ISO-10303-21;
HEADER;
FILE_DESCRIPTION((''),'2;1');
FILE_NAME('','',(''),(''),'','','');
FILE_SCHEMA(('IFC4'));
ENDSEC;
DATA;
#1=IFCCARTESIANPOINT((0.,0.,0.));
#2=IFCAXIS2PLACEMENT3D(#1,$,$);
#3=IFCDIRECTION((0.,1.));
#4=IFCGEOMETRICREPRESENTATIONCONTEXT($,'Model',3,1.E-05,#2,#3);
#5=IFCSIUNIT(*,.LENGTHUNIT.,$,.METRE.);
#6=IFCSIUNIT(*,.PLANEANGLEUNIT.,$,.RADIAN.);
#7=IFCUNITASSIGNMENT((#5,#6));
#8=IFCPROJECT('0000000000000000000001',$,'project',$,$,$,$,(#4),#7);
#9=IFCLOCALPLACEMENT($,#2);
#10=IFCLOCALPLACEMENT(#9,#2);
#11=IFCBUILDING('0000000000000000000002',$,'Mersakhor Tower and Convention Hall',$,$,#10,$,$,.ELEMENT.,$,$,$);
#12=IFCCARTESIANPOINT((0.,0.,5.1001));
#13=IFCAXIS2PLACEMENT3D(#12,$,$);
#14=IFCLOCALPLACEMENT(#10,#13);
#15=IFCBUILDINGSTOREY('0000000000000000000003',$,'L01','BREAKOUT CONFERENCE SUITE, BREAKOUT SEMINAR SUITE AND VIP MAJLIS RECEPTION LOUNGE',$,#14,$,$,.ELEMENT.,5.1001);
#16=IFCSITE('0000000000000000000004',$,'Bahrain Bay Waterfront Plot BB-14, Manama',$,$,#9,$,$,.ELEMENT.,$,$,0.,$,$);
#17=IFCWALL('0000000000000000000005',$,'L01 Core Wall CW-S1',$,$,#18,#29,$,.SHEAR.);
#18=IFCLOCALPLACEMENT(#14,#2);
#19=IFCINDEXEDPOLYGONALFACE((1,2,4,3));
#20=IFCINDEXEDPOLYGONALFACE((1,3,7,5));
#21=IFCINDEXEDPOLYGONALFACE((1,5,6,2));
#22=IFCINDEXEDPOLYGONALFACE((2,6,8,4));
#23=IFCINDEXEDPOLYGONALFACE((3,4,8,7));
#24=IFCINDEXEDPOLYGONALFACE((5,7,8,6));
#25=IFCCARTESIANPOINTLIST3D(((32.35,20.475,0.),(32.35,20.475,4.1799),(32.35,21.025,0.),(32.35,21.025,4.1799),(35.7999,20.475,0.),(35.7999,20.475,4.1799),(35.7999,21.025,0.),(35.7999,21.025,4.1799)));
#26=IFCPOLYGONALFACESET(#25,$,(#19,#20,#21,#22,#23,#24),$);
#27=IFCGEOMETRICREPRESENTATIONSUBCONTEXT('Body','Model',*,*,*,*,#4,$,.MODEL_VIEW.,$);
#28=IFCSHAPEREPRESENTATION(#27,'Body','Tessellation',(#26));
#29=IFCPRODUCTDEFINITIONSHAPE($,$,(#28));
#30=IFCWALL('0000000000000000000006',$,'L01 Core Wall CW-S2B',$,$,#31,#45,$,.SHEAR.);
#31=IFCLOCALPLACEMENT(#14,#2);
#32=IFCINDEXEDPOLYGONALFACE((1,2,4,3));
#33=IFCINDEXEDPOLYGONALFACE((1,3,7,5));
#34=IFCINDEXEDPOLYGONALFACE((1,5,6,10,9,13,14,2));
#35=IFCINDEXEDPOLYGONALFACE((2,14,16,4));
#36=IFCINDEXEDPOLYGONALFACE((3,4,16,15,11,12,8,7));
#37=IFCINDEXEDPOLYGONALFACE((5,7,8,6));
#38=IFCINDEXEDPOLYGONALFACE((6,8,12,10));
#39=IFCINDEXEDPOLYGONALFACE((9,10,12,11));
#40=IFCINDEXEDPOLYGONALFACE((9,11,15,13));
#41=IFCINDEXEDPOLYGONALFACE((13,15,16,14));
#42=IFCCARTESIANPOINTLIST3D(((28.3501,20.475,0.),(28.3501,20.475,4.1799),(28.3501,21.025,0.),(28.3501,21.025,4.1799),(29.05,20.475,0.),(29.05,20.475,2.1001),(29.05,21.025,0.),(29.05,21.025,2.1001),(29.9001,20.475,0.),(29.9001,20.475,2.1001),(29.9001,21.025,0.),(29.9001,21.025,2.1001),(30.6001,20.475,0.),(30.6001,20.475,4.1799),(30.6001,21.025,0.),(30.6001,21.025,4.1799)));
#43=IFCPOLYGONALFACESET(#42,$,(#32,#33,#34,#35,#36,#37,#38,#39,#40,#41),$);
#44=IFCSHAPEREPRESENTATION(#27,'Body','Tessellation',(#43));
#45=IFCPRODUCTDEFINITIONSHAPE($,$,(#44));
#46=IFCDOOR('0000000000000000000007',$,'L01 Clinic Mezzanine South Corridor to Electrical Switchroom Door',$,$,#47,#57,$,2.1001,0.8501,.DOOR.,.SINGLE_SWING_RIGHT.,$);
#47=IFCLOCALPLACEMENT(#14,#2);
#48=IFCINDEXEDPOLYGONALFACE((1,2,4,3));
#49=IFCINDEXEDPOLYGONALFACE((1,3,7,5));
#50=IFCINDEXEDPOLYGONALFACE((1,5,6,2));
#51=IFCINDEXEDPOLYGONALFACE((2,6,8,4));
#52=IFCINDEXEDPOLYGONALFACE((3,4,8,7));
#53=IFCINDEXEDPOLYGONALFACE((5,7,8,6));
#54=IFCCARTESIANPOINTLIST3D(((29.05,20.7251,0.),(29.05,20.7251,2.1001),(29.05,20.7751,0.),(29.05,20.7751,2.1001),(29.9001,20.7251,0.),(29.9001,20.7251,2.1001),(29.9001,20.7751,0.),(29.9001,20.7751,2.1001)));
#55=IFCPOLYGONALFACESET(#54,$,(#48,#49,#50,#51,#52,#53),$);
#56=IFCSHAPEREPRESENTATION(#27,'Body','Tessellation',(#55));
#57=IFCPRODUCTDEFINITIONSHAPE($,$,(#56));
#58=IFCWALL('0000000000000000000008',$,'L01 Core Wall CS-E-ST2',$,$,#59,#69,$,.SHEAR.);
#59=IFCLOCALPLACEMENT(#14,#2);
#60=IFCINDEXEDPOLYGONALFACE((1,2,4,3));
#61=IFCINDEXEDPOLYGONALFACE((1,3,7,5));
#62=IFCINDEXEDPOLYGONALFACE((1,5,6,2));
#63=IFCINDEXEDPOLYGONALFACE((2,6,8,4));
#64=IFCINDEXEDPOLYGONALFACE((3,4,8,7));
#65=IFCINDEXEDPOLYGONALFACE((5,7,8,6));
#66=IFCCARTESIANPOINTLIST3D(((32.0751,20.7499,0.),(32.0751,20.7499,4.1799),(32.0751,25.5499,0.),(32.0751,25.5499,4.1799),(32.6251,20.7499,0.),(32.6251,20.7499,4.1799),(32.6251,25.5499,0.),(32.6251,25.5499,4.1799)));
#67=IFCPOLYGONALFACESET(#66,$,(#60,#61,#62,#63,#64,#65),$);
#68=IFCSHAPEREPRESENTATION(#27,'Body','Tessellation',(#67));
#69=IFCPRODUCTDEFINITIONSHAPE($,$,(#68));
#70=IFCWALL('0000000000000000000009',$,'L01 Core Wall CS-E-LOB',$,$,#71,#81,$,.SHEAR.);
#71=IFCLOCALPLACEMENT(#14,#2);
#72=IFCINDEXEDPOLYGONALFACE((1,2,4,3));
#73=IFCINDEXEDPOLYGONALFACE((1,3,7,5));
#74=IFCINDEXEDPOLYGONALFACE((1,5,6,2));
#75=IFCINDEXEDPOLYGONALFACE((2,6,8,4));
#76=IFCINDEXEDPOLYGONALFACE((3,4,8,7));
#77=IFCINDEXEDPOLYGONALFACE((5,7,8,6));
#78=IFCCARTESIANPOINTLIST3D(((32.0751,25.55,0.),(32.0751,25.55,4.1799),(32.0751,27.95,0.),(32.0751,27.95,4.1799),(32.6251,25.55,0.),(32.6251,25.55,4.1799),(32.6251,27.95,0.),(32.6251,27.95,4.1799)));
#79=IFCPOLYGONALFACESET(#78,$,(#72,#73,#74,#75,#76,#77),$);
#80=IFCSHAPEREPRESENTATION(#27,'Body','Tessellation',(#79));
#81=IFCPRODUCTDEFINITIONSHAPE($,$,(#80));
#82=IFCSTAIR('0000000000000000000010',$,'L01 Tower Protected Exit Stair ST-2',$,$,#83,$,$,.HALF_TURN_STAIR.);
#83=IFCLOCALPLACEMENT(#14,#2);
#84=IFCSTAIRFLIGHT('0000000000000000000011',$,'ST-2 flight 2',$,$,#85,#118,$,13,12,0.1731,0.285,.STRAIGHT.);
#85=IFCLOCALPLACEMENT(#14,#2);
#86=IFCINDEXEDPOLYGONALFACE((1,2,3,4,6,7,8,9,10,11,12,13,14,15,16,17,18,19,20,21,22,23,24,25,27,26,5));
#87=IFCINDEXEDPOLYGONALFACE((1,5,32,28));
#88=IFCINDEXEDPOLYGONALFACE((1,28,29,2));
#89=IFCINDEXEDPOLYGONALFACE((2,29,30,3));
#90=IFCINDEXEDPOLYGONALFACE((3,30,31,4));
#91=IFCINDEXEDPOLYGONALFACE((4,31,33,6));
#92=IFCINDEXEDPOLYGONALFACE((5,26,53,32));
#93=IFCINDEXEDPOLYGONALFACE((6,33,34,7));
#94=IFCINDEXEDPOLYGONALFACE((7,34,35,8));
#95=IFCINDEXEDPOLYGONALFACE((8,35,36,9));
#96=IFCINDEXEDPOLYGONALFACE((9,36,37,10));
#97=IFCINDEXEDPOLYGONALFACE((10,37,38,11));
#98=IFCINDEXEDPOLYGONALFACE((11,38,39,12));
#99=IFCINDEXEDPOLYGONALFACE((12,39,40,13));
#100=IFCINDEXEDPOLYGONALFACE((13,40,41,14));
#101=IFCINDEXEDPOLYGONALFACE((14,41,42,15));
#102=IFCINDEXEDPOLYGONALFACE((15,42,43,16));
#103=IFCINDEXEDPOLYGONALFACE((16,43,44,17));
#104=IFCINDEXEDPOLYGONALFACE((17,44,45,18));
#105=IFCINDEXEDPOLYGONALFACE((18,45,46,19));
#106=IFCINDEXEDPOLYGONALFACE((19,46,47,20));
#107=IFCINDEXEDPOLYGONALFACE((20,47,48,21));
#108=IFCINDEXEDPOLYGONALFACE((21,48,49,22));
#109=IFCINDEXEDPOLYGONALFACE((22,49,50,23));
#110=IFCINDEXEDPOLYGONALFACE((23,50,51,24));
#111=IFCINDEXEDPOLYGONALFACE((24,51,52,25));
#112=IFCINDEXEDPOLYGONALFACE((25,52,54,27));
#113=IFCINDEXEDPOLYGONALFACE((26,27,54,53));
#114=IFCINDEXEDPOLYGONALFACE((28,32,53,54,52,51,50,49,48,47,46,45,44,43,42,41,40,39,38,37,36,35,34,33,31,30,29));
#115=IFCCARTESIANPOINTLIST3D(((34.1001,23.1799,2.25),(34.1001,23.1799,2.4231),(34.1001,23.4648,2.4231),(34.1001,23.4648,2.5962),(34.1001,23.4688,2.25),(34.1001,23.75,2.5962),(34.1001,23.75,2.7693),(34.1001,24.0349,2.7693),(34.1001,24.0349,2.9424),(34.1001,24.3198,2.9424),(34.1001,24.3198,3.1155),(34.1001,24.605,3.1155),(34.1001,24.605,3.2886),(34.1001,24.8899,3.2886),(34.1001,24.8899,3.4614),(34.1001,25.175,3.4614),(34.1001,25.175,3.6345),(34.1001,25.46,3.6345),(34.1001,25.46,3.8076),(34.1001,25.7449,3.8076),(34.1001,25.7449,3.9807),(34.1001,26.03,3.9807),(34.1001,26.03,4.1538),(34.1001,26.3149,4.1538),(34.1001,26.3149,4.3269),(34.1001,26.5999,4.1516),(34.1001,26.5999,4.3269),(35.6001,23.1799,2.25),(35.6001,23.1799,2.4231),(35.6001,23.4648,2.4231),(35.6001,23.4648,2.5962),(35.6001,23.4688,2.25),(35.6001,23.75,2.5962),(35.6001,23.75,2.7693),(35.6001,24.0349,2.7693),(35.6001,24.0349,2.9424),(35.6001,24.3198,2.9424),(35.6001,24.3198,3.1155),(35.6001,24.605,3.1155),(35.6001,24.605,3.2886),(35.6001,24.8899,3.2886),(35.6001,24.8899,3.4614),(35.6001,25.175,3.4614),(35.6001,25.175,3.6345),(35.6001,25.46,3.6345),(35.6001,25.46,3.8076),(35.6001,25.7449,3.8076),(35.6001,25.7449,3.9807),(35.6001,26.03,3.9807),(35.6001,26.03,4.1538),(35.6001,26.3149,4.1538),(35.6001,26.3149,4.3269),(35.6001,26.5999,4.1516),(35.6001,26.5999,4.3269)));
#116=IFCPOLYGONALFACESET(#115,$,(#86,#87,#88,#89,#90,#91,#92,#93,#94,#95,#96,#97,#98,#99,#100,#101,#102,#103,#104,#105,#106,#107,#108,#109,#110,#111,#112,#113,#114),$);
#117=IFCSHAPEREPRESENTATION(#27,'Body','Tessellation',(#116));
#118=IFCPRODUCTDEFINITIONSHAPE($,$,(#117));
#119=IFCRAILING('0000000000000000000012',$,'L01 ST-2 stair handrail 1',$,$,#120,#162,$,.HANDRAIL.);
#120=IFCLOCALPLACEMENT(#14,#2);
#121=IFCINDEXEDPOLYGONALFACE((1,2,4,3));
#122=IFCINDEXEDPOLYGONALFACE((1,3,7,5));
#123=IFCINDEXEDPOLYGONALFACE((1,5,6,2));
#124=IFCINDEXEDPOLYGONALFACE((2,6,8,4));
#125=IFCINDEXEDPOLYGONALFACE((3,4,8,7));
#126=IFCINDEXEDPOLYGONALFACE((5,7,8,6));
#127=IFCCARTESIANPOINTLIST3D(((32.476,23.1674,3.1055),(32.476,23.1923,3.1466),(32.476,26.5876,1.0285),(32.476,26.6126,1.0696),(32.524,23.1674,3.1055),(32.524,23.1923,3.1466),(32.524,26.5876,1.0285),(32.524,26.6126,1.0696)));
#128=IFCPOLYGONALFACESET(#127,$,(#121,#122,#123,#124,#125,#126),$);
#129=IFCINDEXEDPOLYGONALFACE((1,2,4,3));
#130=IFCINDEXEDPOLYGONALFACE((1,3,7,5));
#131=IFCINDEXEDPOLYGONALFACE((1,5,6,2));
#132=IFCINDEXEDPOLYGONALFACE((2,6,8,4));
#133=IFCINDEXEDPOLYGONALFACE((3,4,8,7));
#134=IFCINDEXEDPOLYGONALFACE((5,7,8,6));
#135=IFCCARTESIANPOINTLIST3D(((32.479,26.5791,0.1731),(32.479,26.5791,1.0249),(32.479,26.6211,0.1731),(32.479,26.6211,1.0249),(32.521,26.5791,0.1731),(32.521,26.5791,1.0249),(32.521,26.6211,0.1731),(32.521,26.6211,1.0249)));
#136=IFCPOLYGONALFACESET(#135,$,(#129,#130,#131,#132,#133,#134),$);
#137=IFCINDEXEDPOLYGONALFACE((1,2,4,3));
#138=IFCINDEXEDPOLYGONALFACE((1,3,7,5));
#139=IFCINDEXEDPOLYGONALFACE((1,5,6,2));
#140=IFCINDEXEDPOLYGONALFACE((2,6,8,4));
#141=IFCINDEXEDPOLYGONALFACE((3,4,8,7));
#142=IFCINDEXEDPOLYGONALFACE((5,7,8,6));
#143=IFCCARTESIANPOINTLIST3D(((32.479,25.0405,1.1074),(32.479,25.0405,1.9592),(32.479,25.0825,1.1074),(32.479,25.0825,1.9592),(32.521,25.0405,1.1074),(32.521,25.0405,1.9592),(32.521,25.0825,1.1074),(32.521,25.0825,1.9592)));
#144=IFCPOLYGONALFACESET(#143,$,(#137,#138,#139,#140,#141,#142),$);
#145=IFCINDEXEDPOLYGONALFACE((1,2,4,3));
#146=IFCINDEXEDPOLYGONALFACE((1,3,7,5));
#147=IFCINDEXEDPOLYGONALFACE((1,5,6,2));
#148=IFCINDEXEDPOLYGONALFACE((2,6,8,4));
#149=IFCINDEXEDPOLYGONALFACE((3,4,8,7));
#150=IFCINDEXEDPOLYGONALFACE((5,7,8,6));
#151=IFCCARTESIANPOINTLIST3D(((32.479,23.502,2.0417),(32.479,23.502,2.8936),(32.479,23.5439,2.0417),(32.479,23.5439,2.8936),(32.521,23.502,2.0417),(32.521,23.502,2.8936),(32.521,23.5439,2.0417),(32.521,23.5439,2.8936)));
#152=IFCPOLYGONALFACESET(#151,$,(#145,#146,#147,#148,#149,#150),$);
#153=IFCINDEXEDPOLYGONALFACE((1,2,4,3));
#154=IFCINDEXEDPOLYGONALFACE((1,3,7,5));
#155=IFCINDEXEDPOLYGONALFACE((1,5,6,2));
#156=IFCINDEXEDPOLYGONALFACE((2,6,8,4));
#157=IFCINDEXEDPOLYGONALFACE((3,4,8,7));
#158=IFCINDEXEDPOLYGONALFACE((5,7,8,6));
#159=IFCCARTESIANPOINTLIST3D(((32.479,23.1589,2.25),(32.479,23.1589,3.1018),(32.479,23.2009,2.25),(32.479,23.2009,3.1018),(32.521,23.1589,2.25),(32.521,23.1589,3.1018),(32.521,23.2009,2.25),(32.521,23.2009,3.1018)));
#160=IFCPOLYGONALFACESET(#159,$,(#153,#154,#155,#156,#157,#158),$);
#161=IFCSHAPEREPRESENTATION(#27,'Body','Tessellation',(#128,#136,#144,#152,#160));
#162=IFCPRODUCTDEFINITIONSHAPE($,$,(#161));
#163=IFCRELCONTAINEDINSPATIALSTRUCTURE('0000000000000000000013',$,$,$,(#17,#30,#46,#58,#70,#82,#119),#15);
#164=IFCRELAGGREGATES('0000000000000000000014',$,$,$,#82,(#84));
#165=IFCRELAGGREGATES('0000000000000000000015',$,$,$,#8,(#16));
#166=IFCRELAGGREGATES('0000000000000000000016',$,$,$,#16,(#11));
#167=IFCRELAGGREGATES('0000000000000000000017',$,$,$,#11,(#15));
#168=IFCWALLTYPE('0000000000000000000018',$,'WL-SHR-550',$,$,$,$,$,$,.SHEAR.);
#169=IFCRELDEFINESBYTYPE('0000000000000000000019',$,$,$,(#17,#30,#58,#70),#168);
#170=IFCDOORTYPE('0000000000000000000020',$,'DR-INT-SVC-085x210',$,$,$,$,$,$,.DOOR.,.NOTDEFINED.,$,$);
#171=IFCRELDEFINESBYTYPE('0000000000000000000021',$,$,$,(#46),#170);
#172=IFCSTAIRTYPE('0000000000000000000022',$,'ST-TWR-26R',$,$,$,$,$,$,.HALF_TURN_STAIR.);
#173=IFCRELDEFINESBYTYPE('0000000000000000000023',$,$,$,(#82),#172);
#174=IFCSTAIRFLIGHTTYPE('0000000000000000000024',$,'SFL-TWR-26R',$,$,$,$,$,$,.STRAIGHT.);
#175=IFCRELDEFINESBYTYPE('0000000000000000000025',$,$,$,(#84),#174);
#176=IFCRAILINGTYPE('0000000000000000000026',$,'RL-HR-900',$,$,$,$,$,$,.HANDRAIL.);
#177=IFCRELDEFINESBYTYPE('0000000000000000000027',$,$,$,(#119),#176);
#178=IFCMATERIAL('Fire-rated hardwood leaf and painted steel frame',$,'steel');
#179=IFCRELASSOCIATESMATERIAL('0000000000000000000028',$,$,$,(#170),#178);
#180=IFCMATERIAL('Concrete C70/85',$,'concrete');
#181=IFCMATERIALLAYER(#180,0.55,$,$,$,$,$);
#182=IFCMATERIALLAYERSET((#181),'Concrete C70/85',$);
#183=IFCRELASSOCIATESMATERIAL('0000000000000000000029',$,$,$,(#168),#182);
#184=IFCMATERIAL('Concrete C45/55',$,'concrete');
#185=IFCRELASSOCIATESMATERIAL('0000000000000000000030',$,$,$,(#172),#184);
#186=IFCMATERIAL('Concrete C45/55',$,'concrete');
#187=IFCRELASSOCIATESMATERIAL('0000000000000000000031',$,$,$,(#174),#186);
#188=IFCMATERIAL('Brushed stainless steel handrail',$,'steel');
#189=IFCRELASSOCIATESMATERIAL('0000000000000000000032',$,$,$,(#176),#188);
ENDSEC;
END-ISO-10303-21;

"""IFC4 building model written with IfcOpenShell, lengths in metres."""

from ifc_helpers import new_model, si_unit, direction, frame, frame_2d, origin, origin_2d, place, context, subcontext, project, spatial, polyline, rectangle, outline, extrude, material, layer, layer_set, type_object, element, fill, aggregate, save


model = new_model("IFC4")

# Units and contexts
model_context = context("Model", 3, precision=1e-05, world=origin(), true_north=direction((0.0, 1.0)))
body_context = subcontext(model_context, "Body", "Model", "MODEL_VIEW")
ifc_project = project(units=[si_unit("LENGTHUNIT", "METRE"), si_unit("PLANEANGLEUNIT", "RADIAN")], contexts=[model_context])

# Site, building, storey
site_placement = place(None, origin())
site = spatial("IfcSite", under=ifc_project, at=site_placement, Name="Bahrain Bay Waterfront Plot BB-14, Manama", CompositionType="ELEMENT", RefElevation=0.0)
building_placement = place(site_placement, origin())
building = spatial("IfcBuilding", under=site, at=building_placement, Name="Mersakhor Tower and Convention Hall", CompositionType="ELEMENT")
storey_placement = place(building_placement, frame((0.0, 0.0, 5.1001)))
storey = spatial("IfcBuildingStorey", under=building, at=storey_placement, Name="L01", Description="BREAKOUT CONFERENCE SUITE, BREAKOUT SEMINAR SUITE AND VIP MAJLIS RECEPTION LOUNGE", CompositionType="ELEMENT", Elevation=5.1001)

# Shared definitions
ifc_material_1 = material(Name="Fire-rated hardwood leaf and painted steel frame", Category="steel")
door_type_1 = type_object("IfcDoorType", Name="DR-INT-SVC-085x210", OperationType="NOTDEFINED", PredefinedType="DOOR", material=ifc_material_1)

# Wall
ifc_material_2 = material(Name="Concrete C70/85", Category="concrete")
ifc_layer_1 = layer(ifc_material_2, 0.55)
ifc_layer_set_1 = layer_set([ifc_layer_1], Name="Concrete C70/85")
wall_type_1 = type_object("IfcWallType", Name="WL-SHR-550", PredefinedType="SHEAR", material=ifc_layer_set_1)
wall_1_placement = place(storey_placement, frame((35.8, 20.75, 0.0), z_axis=(0.0, 0.0, 1.0), x_axis=(-1.0, 0.0, 0.0)))
element("IfcWall", 1, at=wall_1_placement, inside=storey, type_object=wall_type_1, Name="L01 Core Wall CW-S1", PredefinedType="SHEAR", context=body_context, shape_type="SweptSolid", body=[
    extrude(rectangle(XDim=3.45, YDim=0.55, at=frame_2d((1.7251, 0.0))), origin(), (0.0, 0.0, 1.0), 4.1799),
])

# Wall, opening, door
wall_2_placement = place(storey_placement, frame((30.6001, 20.75, 0.0), z_axis=(0.0, 0.0, 1.0), x_axis=(-1.0, 0.0, 0.0)))
wall_2 = element("IfcWall", 2, at=wall_2_placement, inside=storey, type_object=wall_type_1, Name="L01 Core Wall CW-S2B", PredefinedType="SHEAR", context=body_context, shape_type="SweptSolid", body=[
    extrude(rectangle(XDim=2.25, YDim=0.55, at=frame_2d((1.125, 0.0))), origin(), (0.0, 0.0, 1.0), 4.1799),
])
opening_1_placement = place(wall_2_placement, frame((0.7, 0.0, 0.0)))
opening_1 = element("IfcOpeningElement", 3, at=opening_1_placement, cuts=wall_2, PredefinedType="OPENING", context=body_context, shape_type="SweptSolid", body=[
    extrude(rectangle(XDim=0.8501, YDim=2.1001, at=frame_2d((0.425, 1.05))), frame((0.0, 0.2849, 0.0), z_axis=(0.0, -1.0, 0.0), x_axis=(1.0, 0.0, 0.0)), (0.0, 0.0, 1.0), 0.5701),
])
door_1_placement = place(opening_1_placement, origin())
door_1 = element("IfcDoor", 4, at=door_1_placement, inside=storey, type_object=door_type_1, Name="L01 Clinic Mezzanine South Corridor to Electrical Switchroom Door", OperationType="SINGLE_SWING_RIGHT", OverallHeight=2.1001, OverallWidth=0.8501, PredefinedType="DOOR", context=body_context, shape_type="SweptSolid", body=[
    extrude(rectangle(XDim=0.8501, YDim=2.1001, at=frame_2d((0.425, 1.05))), frame((0.0, 0.0249, 0.0), z_axis=(0.0, -1.0, 0.0), x_axis=(1.0, 0.0, 0.0)), (0.0, 0.0, 1.0), 0.05),
])
fill(opening_1, door_1)

# Walls
wall_3_placement = place(storey_placement, frame((32.3501, 20.75, 0.0), z_axis=(0.0, 0.0, 1.0), x_axis=(0.0, 1.0, 0.0)))
element("IfcWall", 5, at=wall_3_placement, inside=storey, type_object=wall_type_1, Name="L01 Core Wall CS-E-ST2", PredefinedType="SHEAR", context=body_context, shape_type="SweptSolid", body=[
    extrude(rectangle(XDim=4.8, YDim=0.55, at=frame_2d((2.3999, 0.0))), origin(), (0.0, 0.0, 1.0), 4.1799),
])
wall_4_placement = place(storey_placement, frame((32.3501, 25.55, 0.0), z_axis=(0.0, 0.0, 1.0), x_axis=(0.0, 1.0, 0.0)))
element("IfcWall", 6, at=wall_4_placement, inside=storey, type_object=wall_type_1, Name="L01 Core Wall CS-E-LOB", PredefinedType="SHEAR", context=body_context, shape_type="SweptSolid", body=[
    extrude(rectangle(XDim=2.3999, YDim=0.55, at=frame_2d((1.2, 0.0))), origin(), (0.0, 0.0, 1.0), 4.1799),
])

# Stair, stair flight
ifc_material_3 = material(Name="Concrete C45/55", Category="concrete")
stair_type = type_object("IfcStairType", Name="ST-TWR-26R", PredefinedType="HALF_TURN_STAIR", material=ifc_material_3)
stair_placement = place(storey_placement, origin())
stair = element("IfcStair", 7, at=stair_placement, inside=storey, type_object=stair_type, Name="L01 Tower Protected Exit Stair ST-2", PredefinedType="HALF_TURN_STAIR")
ifc_material_4 = material(Name="Concrete C45/55", Category="concrete")
stair_flight_type = type_object("IfcStairFlightType", Name="SFL-TWR-26R", PredefinedType="STRAIGHT", material=ifc_material_4)
stair_flight_placement = place(storey_placement, frame((34.8501, 23.1799, 2.25), z_axis=(0.0, 0.0, 1.0), x_axis=(0.0, 1.0, 0.0)))
stair_flight = element("IfcStairFlight", 8, at=stair_flight_placement, type_object=stair_flight_type, Name="ST-2 flight 2", NumberOfRisers=13, NumberOfTreads=12, PredefinedType="STRAIGHT", RiserHeight=0.1731, TreadLength=0.285, context=body_context, shape_type="SweptSolid", body=[
    extrude(outline(polyline([(0.0, 0.0), (0.0, 0.1731), (0.2849, 0.1731), (0.2849, 0.3462), (0.5701, 0.3462), (0.5701, 0.5193), (0.855, 0.5193), (0.855, 0.6924), (1.1399, 0.6924), (1.1399, 0.8655), (1.425, 0.8655), (1.425, 1.0386), (1.71, 1.0386), (1.71, 1.2114), (1.9951, 1.2114), (1.9951, 1.3845), (2.28, 1.3845), (2.28, 1.5576), (2.5649, 1.5576), (2.5649, 1.7307), (2.8501, 1.7307), (2.8501, 1.9038), (3.135, 1.9038), (3.135, 2.0769), (3.4199, 2.0769), (3.4199, 2.25), (3.4199, 1.9016), (0.2888, 0.0), (0.0, 0.0)])), frame((0.0, 0.75, 0.0), z_axis=(0.0, -1.0, 0.0), x_axis=(1.0, 0.0, 0.0)), (0.0, 0.0, 1.0), 1.5),
])
aggregate(stair, [stair_flight])

# Railing
ifc_material_5 = material(Name="Brushed stainless steel handrail", Category="steel")
railing_type_1 = type_object("IfcRailingType", Name="RL-HR-900", PredefinedType="HANDRAIL", material=ifc_material_5)
railing_1_placement = place(storey_placement, frame((32.5, 26.6001, 0.1731)))
element("IfcRailing", 9, at=railing_1_placement, inside=storey, type_object=railing_type_1, Name="L01 ST-2 stair handrail 1", PredefinedType="HANDRAIL", context=body_context, shape_type="SweptSolid", body=[
    extrude(rectangle(XDim=0.0481, YDim=0.0481, at=origin_2d()), frame((0.0, 0.0, 0.876), z_axis=(0.0, -0.854746, 0.519047), x_axis=(1.0, 0.0, 0.0)), (0.0, 0.0, 1.0), 4.0015),
    extrude(rectangle(XDim=0.042, YDim=0.042, at=origin_2d()), origin(), (0.0, 0.0, 1.0), 0.8518),
    extrude(rectangle(XDim=0.042, YDim=0.042, at=origin_2d()), frame((0.0, -1.5386, 0.9343)), (0.0, 0.0, 1.0), 0.8518),
    extrude(rectangle(XDim=0.042, YDim=0.042, at=origin_2d()), frame((0.0, -3.0771, 1.8687)), (0.0, 0.0, 1.0), 0.8518),
    extrude(rectangle(XDim=0.042, YDim=0.042, at=origin_2d()), frame((0.0, -3.4202, 2.0769)), (0.0, 0.0, 1.0), 0.8518),
])

save(model, "model.ifc")
